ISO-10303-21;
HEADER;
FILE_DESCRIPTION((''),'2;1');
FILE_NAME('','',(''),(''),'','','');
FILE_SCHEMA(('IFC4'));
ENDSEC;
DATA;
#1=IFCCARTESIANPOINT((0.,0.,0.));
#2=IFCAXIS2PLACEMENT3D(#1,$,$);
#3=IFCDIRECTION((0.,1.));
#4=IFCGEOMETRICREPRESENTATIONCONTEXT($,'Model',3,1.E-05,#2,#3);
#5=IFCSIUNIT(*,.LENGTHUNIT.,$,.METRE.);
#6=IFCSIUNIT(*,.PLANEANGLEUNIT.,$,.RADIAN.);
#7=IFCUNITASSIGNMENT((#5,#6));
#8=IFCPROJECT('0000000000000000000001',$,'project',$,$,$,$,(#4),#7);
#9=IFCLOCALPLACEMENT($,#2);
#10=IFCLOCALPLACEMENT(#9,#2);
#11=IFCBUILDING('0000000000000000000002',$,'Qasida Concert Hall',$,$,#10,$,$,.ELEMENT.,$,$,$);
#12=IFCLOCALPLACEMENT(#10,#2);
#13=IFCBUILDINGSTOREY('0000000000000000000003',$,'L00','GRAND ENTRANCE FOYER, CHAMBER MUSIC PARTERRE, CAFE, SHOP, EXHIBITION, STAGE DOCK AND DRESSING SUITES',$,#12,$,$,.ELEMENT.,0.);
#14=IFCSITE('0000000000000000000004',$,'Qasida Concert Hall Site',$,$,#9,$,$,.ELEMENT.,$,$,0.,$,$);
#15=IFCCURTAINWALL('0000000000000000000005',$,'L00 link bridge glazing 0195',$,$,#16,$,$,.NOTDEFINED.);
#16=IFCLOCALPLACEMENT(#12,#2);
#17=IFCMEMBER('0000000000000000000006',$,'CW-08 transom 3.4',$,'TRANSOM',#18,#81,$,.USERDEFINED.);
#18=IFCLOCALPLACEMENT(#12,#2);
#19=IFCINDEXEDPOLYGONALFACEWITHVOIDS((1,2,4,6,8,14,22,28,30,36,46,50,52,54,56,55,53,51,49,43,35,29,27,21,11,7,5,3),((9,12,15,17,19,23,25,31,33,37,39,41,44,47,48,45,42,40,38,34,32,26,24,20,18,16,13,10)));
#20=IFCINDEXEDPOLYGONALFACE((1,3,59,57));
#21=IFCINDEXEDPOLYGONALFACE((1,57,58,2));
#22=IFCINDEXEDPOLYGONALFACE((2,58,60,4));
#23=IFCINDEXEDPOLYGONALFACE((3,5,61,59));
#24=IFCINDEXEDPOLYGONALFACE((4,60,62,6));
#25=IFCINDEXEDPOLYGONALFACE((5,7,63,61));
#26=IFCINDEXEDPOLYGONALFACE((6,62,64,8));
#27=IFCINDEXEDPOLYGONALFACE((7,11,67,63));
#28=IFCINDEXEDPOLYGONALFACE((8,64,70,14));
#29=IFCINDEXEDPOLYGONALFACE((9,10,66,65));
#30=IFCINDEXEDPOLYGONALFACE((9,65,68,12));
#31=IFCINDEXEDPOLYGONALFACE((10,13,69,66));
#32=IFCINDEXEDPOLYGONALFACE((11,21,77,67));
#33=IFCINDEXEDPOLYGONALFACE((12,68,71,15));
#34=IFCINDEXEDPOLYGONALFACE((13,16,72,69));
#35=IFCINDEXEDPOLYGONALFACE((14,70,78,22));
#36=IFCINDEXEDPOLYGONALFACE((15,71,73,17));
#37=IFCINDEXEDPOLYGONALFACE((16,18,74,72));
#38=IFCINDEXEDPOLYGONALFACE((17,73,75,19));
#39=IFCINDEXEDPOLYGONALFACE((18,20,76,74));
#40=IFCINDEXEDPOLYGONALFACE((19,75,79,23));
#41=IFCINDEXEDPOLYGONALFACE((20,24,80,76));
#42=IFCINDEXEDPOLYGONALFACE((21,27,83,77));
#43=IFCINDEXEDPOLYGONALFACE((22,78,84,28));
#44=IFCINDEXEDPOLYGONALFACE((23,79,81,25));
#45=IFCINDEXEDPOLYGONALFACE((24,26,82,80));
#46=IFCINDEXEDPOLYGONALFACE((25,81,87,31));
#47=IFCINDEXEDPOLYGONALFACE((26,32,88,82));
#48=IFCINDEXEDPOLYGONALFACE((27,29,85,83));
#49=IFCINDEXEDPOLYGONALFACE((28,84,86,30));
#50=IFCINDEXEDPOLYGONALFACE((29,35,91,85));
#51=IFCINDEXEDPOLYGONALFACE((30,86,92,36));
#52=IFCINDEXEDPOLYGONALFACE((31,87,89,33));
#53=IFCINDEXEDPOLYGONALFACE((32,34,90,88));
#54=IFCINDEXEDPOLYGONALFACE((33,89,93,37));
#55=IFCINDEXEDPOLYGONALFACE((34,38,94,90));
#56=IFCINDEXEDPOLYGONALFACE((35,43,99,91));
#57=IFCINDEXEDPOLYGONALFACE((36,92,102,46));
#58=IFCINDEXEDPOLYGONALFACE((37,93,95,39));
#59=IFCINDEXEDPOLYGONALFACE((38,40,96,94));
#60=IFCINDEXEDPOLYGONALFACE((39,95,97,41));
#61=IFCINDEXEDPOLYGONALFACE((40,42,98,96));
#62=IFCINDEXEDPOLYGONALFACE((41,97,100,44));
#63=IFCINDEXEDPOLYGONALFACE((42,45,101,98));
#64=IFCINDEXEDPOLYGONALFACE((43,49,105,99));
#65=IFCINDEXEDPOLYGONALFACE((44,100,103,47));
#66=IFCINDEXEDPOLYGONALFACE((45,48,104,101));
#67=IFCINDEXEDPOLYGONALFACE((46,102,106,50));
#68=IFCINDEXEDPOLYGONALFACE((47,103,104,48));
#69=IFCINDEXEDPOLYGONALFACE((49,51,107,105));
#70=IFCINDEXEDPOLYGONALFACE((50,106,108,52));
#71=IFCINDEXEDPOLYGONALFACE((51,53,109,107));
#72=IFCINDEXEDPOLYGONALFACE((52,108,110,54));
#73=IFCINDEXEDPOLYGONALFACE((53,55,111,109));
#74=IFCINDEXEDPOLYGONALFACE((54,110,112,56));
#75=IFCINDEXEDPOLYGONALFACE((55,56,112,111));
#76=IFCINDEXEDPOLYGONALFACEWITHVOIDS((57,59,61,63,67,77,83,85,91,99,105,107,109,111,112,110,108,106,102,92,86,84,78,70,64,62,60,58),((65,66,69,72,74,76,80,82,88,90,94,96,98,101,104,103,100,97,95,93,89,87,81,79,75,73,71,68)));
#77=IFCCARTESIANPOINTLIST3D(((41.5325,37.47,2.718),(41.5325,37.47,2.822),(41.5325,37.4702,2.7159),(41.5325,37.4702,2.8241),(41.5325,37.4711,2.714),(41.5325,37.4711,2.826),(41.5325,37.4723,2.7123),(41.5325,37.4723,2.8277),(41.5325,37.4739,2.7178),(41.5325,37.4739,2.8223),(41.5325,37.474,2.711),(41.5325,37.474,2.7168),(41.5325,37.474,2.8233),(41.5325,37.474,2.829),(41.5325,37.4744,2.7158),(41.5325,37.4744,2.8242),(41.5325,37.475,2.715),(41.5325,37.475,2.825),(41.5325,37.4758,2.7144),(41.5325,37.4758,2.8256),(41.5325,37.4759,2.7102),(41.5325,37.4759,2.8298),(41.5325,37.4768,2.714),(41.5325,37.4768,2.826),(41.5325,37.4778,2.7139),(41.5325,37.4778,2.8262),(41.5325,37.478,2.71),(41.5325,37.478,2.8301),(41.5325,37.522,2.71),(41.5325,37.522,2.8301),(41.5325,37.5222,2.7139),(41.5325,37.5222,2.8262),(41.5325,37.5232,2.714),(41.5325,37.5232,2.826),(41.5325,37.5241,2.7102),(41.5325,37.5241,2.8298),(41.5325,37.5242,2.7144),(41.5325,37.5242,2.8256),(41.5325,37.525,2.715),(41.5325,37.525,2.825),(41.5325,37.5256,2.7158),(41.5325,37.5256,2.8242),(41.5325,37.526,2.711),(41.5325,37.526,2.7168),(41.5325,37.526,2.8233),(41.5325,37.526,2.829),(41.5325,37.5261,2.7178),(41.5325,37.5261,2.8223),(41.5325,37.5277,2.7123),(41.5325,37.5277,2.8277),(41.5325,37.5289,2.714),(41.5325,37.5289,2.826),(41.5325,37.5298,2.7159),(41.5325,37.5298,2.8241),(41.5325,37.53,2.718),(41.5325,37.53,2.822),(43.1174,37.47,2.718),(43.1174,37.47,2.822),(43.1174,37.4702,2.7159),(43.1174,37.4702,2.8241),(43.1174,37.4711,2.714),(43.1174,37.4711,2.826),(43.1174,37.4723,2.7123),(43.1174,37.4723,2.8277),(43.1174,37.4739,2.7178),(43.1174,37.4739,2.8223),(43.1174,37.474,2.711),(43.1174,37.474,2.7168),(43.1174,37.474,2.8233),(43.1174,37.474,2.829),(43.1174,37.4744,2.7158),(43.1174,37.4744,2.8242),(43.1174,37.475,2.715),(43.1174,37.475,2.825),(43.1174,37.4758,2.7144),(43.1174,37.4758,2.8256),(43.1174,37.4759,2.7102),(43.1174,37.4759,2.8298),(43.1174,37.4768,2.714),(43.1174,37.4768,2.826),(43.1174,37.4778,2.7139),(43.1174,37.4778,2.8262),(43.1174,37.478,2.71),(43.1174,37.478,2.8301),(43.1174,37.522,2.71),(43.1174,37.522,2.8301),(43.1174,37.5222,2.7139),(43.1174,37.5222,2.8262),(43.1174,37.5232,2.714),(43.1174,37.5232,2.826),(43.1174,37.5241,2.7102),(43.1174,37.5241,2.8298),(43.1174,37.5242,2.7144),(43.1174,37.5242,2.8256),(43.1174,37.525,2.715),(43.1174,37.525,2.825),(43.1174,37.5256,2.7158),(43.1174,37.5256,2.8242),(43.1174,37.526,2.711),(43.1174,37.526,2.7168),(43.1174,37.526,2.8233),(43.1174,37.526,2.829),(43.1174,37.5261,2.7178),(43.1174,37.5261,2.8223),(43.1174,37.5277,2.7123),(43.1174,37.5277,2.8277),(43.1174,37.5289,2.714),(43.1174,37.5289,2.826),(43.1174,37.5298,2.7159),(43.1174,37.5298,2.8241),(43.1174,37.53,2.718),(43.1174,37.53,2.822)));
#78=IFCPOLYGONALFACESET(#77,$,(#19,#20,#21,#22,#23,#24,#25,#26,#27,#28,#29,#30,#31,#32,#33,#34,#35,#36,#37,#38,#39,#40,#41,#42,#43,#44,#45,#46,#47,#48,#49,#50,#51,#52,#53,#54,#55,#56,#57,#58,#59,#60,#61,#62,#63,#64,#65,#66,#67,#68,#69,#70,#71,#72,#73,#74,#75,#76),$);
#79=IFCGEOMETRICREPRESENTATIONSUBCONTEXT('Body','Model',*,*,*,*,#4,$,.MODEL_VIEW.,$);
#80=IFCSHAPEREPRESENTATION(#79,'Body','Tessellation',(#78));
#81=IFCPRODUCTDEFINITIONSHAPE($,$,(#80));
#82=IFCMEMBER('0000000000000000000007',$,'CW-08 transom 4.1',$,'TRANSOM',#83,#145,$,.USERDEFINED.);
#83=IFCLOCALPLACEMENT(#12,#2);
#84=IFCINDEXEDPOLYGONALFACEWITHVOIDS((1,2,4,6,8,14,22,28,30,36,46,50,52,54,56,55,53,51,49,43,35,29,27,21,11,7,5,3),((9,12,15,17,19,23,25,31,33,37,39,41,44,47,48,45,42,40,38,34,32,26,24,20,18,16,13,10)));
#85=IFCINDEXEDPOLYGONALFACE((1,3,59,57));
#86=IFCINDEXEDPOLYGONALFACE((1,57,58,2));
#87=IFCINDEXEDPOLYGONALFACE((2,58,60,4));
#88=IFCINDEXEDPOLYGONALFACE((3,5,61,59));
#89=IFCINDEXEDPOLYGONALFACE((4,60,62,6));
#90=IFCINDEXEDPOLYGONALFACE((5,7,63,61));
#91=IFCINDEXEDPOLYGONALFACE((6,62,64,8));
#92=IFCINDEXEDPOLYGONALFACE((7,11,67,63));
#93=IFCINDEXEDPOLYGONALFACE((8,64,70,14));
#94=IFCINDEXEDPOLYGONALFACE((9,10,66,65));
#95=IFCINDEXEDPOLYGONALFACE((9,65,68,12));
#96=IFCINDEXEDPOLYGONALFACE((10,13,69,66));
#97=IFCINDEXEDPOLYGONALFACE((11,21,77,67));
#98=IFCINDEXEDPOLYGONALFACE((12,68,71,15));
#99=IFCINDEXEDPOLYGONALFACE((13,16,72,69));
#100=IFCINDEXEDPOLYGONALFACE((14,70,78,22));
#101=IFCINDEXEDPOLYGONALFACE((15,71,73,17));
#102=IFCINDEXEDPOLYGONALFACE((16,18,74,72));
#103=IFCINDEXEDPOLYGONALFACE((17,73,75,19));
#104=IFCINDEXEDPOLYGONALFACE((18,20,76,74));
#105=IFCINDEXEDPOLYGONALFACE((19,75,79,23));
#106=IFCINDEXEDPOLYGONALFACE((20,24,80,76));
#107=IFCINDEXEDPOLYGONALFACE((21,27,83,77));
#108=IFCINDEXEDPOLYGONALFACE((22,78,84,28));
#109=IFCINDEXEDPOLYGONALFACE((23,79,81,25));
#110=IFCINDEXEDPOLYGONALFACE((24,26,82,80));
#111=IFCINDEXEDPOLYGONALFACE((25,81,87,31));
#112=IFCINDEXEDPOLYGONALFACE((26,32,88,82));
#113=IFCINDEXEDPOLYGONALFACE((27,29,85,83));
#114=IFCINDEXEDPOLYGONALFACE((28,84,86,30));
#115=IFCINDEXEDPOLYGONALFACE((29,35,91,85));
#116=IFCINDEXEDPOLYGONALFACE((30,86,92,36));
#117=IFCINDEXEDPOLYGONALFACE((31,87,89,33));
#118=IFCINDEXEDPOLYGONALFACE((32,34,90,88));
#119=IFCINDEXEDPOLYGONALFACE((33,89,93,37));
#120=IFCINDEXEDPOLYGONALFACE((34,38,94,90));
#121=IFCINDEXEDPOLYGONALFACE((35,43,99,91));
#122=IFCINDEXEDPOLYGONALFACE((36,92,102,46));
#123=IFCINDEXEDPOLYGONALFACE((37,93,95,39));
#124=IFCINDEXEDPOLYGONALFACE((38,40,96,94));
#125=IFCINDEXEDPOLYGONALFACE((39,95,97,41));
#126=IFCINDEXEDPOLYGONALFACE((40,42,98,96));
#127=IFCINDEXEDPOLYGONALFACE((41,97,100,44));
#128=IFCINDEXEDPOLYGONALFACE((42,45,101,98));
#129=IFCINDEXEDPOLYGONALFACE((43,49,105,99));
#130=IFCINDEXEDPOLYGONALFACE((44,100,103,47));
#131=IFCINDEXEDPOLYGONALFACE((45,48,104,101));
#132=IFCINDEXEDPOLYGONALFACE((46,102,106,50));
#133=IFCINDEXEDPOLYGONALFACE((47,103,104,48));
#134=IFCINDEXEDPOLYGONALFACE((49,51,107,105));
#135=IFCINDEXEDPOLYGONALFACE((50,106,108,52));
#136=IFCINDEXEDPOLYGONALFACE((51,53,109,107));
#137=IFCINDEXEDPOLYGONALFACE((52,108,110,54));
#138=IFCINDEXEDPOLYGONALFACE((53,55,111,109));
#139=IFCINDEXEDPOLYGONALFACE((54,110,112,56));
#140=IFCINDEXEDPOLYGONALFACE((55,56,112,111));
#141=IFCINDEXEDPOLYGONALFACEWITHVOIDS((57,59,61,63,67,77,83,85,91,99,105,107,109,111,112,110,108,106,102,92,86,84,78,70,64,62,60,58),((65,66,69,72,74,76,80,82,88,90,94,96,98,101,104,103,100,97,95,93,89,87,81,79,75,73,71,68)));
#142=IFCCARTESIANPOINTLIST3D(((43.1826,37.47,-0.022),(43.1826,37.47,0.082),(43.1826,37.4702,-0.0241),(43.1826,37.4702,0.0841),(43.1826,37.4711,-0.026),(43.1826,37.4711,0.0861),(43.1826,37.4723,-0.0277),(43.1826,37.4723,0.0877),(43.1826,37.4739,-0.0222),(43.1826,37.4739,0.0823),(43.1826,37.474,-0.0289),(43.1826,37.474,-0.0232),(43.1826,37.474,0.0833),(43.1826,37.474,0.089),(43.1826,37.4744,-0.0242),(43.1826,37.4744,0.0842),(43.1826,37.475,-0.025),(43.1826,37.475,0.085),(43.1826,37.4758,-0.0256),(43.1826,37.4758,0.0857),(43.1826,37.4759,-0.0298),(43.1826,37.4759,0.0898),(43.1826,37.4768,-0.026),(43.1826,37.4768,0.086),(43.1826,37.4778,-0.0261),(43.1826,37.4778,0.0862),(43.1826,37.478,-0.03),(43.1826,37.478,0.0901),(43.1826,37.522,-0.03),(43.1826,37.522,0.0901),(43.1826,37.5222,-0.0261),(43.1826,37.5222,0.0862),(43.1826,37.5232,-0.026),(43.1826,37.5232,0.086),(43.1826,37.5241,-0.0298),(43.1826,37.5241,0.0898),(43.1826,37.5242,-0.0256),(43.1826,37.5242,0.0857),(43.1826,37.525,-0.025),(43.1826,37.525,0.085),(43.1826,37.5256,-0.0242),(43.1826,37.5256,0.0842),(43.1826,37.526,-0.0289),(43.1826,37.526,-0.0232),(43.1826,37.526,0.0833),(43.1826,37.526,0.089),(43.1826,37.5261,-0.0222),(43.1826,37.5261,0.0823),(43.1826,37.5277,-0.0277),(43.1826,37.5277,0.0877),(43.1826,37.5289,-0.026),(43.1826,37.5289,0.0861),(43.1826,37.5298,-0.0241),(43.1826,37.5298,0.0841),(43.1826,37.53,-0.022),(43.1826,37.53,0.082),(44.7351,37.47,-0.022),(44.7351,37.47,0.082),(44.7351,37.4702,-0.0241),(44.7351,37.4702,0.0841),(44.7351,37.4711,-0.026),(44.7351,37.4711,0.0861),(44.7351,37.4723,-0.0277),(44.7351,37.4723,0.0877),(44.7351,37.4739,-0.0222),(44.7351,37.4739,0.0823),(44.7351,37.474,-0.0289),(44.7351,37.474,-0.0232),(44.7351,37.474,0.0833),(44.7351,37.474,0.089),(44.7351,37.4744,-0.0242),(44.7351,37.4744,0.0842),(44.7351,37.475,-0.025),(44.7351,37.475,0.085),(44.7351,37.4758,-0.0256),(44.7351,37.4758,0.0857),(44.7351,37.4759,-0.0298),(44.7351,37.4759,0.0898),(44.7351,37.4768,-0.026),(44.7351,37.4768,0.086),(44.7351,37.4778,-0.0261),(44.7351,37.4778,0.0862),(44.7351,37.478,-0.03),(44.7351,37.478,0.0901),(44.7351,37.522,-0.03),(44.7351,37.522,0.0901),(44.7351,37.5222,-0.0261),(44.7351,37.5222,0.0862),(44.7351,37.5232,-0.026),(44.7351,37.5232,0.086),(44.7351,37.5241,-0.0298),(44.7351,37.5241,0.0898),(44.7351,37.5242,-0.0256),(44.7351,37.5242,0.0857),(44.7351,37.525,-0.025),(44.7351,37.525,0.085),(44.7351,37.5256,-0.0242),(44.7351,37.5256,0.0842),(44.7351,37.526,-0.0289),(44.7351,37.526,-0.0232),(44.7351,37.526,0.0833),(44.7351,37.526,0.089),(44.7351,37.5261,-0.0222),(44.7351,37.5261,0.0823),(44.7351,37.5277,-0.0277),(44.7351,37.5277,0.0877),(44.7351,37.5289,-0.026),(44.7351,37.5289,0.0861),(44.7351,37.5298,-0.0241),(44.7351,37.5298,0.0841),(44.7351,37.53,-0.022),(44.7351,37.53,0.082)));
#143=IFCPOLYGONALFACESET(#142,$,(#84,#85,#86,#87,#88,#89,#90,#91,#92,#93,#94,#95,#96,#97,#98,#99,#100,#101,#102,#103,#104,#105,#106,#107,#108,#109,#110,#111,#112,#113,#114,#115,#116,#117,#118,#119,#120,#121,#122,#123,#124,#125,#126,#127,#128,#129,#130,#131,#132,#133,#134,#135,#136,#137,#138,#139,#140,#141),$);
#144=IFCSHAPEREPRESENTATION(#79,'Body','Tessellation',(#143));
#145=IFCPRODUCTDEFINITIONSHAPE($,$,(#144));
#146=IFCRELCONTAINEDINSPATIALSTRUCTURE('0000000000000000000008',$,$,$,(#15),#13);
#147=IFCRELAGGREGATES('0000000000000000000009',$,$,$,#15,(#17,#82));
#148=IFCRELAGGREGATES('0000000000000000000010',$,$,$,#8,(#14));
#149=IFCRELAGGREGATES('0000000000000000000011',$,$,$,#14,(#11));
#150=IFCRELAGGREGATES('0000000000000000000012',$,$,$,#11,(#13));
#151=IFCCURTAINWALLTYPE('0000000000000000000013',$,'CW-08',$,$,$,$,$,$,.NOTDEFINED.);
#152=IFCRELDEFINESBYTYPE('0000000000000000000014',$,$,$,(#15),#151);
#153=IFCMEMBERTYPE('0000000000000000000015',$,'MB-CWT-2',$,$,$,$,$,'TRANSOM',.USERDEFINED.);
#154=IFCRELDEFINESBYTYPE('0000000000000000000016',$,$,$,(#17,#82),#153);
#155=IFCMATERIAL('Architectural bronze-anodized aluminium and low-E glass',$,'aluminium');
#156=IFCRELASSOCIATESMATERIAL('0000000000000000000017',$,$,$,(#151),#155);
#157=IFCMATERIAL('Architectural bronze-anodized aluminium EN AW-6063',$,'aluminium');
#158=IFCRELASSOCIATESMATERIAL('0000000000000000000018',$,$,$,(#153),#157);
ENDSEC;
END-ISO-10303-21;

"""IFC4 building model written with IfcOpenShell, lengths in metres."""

from ifc_helpers import new_model, si_unit, direction, frame, origin, origin_2d, place, context, subcontext, project, spatial, hollow_rectangle, extrude, material, material_profile, profile_set, type_object, element, aggregate, save


model = new_model("IFC4")

# Units and contexts
model_context = context("Model", 3, precision=1e-05, world=origin(), true_north=direction((0.0, 1.0)))
body_context = subcontext(model_context, "Body", "Model", "MODEL_VIEW")
ifc_project = project(units=[si_unit("LENGTHUNIT", "METRE"), si_unit("PLANEANGLEUNIT", "RADIAN")], contexts=[model_context])

# Site, building, storey
site_placement = place(None, origin())
site = spatial("IfcSite", under=ifc_project, at=site_placement, Name="Qasida Concert Hall Site", CompositionType="ELEMENT", RefElevation=0.0)
building_placement = place(site_placement, origin())
building = spatial("IfcBuilding", under=site, at=building_placement, Name="Qasida Concert Hall", CompositionType="ELEMENT")
storey_placement = place(building_placement, origin())
storey = spatial("IfcBuildingStorey", under=building, at=storey_placement, Name="L00", Description="GRAND ENTRANCE FOYER, CHAMBER MUSIC PARTERRE, CAFE, SHOP, EXHIBITION, STAGE DOCK AND DRESSING SUITES", CompositionType="ELEMENT", Elevation=0.0)

# Curtain wall
ifc_material_1 = material(Name="Architectural bronze-anodized aluminium and low-E glass", Category="aluminium")
curtain_wall_type = type_object("IfcCurtainWallType", Name="CW-08", PredefinedType="NOTDEFINED", material=ifc_material_1)
curtain_wall_1_placement = place(storey_placement, origin())
curtain_wall_1 = element("IfcCurtainWall", 1, at=curtain_wall_1_placement, inside=storey, type_object=curtain_wall_type, Name="L00 link bridge glazing 0195", PredefinedType="NOTDEFINED")
ifc_material_2 = material(Name="Architectural bronze-anodized aluminium EN AW-6063", Category="aluminium")

# Members
ifc_material_profile_1 = material_profile(ifc_material_2, hollow_rectangle(XDim=0.0601, YDim=0.1201, WallThickness=0.0039, InnerFilletRadius=0.0039, OuterFilletRadius=0.0081, at=origin_2d()), Name="CWT 120x60x4")
ifc_profile_set_1 = profile_set([ifc_material_profile_1], Name="Architectural bronze-anodized aluminium EN AW-6063")
member_type_1 = type_object("IfcMemberType", Name="MB-CWT-2", ElementType="TRANSOM", PredefinedType="USERDEFINED", material=ifc_profile_set_1)
member_1_placement = place(storey_placement, frame((41.5325, 37.5, 2.77), z_axis=(1.0, 0.0, 0.0), x_axis=(0.0, 1.0, 0.0)))
member_1 = element("IfcMember", 2, at=member_1_placement, type_object=member_type_1, Name="CW-08 transom 3.4", ObjectType="TRANSOM", PredefinedType="USERDEFINED", context=body_context, shape_type="SweptSolid", body=[
    extrude(hollow_rectangle(XDim=0.0601, YDim=0.1201, WallThickness=0.0039, InnerFilletRadius=0.0039, OuterFilletRadius=0.0081, at=origin_2d()), origin(), (0.0, 0.0, 1.0), 1.585),
])
member_2_placement = place(storey_placement, frame((43.1826, 37.5, 0.03), z_axis=(1.0, 0.0, 0.0), x_axis=(0.0, 1.0, 0.0)))
member_2 = element("IfcMember", 3, at=member_2_placement, type_object=member_type_1, Name="CW-08 transom 4.1", ObjectType="TRANSOM", PredefinedType="USERDEFINED", context=body_context, shape_type="SweptSolid", body=[
    extrude(hollow_rectangle(XDim=0.0601, YDim=0.1201, WallThickness=0.0039, InnerFilletRadius=0.0039, OuterFilletRadius=0.0081, at=origin_2d()), origin(), (0.0, 0.0, 1.0), 1.5525),
])

aggregate(curtain_wall_1, [member_1, member_2])

save(model, "model.ifc")
